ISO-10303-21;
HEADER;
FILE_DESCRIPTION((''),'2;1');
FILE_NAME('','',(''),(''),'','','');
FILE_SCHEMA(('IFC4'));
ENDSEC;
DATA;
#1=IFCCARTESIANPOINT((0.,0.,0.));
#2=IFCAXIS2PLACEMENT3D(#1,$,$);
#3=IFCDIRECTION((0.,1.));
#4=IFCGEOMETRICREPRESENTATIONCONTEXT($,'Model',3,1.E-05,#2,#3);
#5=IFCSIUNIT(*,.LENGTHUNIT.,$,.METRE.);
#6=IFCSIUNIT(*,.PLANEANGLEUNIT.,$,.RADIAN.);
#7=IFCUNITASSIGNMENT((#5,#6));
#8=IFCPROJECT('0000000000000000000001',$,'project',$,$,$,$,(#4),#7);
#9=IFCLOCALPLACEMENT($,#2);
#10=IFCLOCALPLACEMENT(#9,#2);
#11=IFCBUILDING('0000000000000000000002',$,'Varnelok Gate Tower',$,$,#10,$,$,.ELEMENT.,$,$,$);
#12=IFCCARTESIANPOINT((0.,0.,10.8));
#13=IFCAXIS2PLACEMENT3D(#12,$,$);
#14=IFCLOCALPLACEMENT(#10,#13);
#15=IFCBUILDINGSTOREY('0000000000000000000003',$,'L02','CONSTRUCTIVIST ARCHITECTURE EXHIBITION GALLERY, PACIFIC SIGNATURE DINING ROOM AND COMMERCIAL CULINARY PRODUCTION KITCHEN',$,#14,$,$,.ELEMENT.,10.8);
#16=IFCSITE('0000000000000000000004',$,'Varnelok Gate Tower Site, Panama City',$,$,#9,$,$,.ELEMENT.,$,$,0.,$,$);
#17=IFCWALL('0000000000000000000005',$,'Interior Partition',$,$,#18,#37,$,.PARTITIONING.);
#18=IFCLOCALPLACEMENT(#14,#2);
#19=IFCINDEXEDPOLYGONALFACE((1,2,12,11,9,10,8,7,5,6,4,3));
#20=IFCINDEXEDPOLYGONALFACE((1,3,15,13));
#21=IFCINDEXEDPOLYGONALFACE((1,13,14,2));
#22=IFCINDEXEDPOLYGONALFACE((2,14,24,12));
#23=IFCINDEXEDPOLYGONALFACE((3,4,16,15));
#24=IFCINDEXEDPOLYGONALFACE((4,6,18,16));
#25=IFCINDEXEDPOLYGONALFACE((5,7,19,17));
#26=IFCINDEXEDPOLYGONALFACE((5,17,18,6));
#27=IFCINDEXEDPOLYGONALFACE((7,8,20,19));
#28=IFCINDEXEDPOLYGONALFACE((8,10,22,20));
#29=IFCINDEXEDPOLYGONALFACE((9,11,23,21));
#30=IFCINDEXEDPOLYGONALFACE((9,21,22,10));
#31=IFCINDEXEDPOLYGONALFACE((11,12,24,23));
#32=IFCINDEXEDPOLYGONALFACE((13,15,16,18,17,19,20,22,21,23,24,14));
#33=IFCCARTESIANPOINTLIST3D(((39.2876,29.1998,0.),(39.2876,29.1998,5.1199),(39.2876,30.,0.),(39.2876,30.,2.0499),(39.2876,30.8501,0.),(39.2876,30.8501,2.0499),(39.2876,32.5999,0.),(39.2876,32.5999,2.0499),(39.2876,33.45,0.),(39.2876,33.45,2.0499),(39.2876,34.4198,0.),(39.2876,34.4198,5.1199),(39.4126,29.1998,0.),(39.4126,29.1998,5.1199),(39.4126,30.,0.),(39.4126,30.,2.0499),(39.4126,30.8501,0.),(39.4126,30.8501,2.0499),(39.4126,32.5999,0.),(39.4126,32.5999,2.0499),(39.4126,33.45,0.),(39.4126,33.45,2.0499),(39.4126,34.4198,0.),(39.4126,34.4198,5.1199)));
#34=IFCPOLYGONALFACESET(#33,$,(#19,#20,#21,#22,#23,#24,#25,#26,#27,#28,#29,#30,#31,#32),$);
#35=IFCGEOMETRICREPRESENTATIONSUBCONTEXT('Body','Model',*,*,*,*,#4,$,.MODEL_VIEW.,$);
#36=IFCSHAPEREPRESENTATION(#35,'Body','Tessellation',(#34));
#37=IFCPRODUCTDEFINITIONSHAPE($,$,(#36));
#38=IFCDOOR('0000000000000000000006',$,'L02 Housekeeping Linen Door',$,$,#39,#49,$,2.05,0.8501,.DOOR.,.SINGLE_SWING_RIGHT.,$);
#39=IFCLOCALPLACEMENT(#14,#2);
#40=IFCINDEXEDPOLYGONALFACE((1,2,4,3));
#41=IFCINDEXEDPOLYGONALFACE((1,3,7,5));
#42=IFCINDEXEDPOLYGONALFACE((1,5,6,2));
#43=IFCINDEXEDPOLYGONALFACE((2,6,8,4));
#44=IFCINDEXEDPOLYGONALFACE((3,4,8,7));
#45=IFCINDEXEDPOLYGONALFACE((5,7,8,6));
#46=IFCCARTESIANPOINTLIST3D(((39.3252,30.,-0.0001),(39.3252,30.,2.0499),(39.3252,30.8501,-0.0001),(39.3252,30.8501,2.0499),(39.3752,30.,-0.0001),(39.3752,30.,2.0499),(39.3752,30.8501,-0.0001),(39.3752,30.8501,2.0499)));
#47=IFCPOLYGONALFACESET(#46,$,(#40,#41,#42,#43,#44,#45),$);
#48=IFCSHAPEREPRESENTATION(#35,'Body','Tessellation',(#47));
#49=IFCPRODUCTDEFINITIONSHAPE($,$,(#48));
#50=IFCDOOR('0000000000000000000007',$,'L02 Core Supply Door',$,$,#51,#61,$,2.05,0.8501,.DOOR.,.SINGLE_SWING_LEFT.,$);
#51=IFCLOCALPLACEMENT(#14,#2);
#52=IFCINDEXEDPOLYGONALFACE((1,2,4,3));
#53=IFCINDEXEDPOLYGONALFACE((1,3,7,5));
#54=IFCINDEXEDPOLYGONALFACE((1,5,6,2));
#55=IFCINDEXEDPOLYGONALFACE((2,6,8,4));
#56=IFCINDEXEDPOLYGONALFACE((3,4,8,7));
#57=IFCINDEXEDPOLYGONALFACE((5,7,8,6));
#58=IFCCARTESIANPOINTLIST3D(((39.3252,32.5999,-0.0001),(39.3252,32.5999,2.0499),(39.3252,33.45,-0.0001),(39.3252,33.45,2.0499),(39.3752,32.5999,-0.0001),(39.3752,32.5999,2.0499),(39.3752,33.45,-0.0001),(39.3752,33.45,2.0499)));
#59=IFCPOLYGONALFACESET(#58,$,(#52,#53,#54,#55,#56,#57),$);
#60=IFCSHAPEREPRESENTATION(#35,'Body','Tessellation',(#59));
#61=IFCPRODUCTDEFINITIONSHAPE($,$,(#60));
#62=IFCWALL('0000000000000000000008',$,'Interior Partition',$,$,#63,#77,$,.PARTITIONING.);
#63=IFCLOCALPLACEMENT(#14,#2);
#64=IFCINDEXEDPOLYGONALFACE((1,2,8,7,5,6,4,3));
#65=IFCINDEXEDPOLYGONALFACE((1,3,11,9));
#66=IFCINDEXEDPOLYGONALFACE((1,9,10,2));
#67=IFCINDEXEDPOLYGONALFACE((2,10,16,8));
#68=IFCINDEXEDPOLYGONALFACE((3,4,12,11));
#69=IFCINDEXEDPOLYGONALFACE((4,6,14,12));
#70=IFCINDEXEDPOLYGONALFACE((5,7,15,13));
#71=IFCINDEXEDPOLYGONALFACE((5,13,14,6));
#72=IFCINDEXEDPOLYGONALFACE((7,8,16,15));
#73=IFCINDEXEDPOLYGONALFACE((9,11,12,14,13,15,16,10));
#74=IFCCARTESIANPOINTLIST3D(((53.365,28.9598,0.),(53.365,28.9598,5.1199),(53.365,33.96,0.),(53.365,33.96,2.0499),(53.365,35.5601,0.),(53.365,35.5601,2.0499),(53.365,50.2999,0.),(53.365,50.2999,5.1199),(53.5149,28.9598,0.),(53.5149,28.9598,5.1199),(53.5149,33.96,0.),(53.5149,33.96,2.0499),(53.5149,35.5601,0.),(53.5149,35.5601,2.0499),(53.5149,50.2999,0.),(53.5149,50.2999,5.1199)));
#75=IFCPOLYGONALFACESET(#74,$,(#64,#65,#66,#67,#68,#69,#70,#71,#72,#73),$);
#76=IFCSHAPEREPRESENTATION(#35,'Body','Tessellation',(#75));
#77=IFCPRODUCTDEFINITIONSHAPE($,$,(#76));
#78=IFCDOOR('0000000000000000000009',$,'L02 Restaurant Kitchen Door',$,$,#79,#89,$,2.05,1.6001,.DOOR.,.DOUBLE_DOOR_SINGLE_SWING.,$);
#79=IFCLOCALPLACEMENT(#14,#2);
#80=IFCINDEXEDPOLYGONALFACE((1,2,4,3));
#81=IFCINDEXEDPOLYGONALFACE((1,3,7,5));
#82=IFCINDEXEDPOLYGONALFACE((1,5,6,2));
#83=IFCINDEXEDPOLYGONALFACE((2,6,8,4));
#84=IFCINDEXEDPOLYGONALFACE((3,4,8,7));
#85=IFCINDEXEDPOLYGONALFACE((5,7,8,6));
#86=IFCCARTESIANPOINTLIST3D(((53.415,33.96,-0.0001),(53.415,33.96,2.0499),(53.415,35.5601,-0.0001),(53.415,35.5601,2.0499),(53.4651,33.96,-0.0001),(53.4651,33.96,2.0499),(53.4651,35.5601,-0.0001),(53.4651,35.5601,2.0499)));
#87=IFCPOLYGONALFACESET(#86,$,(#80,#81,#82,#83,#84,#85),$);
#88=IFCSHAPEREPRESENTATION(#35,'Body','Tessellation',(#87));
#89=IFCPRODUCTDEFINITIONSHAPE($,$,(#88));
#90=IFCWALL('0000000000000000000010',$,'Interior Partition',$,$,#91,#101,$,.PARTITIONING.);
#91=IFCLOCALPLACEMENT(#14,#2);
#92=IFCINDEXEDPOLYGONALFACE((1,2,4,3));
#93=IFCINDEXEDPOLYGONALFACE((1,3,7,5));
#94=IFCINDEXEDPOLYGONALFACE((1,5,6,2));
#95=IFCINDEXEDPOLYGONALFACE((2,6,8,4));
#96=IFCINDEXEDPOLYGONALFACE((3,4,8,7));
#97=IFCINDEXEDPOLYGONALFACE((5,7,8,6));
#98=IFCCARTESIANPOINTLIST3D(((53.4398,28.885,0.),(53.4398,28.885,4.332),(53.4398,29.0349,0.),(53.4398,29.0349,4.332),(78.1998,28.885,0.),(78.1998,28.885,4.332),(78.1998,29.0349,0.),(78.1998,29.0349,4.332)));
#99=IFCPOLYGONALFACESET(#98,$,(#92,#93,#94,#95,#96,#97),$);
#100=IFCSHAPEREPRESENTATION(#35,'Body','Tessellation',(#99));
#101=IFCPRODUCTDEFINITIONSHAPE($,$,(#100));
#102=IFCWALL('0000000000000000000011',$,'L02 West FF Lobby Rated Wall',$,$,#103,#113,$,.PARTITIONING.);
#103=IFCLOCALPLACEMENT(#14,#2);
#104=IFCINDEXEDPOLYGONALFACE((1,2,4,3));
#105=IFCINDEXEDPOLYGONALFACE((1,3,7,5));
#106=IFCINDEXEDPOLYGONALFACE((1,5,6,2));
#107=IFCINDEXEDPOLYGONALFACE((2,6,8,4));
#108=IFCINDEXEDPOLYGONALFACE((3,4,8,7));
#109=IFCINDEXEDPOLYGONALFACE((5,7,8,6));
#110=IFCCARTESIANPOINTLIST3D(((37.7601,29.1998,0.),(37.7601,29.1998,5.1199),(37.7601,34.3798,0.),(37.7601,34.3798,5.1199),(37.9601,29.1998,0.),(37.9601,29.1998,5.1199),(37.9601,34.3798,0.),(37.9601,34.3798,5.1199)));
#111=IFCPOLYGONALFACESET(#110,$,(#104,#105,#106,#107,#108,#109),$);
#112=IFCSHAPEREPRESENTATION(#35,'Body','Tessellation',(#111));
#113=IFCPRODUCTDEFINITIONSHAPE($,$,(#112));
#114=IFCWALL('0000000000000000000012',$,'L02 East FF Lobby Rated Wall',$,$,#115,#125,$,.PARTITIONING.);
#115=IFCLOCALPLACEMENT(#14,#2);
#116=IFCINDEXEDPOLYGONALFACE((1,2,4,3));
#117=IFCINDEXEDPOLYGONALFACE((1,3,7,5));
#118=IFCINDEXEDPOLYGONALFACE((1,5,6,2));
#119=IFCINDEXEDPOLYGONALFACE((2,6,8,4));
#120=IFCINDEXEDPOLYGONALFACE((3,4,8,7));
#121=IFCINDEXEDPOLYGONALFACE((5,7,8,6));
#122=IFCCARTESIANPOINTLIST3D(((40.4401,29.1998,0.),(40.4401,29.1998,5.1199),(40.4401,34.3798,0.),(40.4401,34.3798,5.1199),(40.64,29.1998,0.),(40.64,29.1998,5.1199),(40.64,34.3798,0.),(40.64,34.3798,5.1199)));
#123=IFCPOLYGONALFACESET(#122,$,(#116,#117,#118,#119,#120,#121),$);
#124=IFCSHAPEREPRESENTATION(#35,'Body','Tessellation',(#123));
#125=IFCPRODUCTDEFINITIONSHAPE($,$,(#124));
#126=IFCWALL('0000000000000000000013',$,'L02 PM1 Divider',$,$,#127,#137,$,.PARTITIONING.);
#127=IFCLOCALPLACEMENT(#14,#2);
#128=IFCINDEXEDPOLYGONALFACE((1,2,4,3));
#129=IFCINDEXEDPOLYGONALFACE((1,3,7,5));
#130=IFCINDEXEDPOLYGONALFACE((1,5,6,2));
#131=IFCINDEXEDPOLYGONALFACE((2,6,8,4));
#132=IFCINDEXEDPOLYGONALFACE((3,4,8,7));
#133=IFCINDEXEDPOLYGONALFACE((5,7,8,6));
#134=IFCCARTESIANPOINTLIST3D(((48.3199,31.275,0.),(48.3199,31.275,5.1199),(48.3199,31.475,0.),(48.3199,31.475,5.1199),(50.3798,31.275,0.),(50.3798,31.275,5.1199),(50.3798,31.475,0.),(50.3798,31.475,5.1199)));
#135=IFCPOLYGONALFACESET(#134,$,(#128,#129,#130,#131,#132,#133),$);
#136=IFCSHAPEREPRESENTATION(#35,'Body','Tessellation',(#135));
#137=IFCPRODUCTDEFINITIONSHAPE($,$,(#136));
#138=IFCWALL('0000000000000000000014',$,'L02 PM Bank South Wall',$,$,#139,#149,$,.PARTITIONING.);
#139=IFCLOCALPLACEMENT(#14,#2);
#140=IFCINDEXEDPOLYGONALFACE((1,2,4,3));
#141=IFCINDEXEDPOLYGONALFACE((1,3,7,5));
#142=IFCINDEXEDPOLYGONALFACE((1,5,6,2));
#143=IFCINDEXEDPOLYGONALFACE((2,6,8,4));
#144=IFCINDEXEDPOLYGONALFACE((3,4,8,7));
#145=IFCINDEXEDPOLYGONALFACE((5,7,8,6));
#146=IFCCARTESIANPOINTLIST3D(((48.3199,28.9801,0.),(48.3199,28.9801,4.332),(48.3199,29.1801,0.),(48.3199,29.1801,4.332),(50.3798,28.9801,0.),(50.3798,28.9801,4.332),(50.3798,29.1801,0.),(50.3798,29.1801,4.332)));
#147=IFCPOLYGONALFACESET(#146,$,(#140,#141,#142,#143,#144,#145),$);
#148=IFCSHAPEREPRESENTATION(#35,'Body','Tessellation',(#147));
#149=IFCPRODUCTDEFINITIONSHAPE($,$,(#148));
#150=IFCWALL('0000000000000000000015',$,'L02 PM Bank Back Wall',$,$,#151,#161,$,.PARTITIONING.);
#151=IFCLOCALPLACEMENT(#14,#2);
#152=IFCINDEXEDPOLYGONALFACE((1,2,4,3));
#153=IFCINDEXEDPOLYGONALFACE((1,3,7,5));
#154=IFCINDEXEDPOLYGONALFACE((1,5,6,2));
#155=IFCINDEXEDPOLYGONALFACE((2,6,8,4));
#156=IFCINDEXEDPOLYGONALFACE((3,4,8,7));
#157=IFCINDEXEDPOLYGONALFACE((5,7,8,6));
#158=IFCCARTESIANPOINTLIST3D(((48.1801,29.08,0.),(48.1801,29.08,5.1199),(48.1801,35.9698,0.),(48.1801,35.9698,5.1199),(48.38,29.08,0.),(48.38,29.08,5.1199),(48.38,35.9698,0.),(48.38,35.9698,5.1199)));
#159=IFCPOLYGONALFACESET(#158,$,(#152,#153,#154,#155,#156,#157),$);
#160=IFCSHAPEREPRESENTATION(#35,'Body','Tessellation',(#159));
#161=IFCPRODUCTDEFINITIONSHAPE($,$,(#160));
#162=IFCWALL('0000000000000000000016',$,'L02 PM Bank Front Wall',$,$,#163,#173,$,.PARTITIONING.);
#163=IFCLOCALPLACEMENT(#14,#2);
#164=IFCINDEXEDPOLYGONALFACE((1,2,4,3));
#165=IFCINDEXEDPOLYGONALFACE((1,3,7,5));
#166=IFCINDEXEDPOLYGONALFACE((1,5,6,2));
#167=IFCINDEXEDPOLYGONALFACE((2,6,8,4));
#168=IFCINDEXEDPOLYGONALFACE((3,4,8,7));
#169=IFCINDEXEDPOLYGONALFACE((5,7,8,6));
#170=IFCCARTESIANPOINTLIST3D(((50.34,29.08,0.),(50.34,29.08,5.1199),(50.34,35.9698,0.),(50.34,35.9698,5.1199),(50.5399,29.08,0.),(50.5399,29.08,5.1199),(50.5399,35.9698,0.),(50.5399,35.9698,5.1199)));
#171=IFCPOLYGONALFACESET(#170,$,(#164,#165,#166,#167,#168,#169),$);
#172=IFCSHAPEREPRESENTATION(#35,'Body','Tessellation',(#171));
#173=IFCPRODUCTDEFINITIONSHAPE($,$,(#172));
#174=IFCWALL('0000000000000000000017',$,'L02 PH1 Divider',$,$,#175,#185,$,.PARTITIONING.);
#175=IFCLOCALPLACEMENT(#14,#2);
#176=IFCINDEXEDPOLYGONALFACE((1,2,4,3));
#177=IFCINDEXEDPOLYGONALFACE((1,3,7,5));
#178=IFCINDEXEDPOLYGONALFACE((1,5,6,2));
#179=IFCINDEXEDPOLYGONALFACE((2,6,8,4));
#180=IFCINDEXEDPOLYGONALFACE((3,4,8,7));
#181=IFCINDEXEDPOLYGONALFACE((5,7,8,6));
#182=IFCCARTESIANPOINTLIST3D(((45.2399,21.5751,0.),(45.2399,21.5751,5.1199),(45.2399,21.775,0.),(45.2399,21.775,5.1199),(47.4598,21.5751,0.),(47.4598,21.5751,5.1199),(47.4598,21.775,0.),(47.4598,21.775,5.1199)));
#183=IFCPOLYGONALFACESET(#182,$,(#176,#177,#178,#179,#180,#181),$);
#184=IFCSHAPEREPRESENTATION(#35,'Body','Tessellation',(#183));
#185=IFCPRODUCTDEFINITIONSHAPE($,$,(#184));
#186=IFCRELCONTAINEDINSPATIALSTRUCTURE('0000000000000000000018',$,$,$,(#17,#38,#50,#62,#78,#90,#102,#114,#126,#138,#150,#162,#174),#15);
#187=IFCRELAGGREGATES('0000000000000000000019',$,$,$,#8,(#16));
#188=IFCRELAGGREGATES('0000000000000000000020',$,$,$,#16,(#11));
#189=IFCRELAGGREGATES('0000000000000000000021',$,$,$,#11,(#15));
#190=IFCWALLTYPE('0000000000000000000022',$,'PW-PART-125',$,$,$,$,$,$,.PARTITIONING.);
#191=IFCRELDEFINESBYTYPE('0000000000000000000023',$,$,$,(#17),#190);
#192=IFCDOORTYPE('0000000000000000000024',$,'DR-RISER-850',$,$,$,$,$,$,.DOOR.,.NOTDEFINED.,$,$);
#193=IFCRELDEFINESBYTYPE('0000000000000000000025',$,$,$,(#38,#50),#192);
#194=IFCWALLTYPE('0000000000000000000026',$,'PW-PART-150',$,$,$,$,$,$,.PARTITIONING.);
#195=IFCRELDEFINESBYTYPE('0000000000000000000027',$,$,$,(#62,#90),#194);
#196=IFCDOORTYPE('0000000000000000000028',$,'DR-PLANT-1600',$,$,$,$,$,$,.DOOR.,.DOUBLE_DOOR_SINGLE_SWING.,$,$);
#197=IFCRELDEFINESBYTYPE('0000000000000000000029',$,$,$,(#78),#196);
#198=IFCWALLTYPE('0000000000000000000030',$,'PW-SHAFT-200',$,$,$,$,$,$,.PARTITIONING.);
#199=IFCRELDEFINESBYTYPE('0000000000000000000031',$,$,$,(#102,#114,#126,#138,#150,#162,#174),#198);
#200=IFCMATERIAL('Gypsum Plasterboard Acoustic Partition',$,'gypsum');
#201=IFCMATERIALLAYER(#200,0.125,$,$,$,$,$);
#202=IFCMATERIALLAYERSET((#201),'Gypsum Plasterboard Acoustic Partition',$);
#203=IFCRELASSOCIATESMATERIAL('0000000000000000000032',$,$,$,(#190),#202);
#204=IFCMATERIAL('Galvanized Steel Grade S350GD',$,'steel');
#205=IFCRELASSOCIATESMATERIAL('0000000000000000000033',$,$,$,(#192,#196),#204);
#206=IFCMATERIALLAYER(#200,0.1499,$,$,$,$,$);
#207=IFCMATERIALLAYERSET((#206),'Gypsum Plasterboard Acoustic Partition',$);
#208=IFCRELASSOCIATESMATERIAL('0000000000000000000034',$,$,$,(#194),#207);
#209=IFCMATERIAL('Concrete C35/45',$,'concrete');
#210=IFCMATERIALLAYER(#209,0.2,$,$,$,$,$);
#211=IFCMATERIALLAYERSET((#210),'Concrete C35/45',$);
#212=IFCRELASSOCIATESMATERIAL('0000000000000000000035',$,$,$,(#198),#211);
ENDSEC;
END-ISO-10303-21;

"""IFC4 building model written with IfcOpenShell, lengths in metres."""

from ifc_helpers import new_model, si_unit, direction, frame, frame_2d, origin, place, context, subcontext, project, spatial, rectangle, extrude, material, layer, layer_set, type_object, element, fill, save


model = new_model("IFC4")

# Units and contexts
model_context = context("Model", 3, precision=1e-05, world=origin(), true_north=direction((0.0, 1.0)))
body_context = subcontext(model_context, "Body", "Model", "MODEL_VIEW")
ifc_project = project(units=[si_unit("LENGTHUNIT", "METRE"), si_unit("PLANEANGLEUNIT", "RADIAN")], contexts=[model_context])

# Site, building, storey
site_placement = place(None, origin())
site = spatial("IfcSite", under=ifc_project, at=site_placement, Name="Varnelok Gate Tower Site, Panama City", CompositionType="ELEMENT", RefElevation=0.0)
building_placement = place(site_placement, origin())
building = spatial("IfcBuilding", under=site, at=building_placement, Name="Varnelok Gate Tower", CompositionType="ELEMENT")
storey_placement = place(building_placement, frame((0.0, 0.0, 10.8)))
storey = spatial("IfcBuildingStorey", under=building, at=storey_placement, Name="L02", Description="CONSTRUCTIVIST ARCHITECTURE EXHIBITION GALLERY, PACIFIC SIGNATURE DINING ROOM AND COMMERCIAL CULINARY PRODUCTION KITCHEN", CompositionType="ELEMENT", Elevation=10.8)

# Wall, openings, doors
ifc_material_1 = material(Name="Gypsum Plasterboard Acoustic Partition", Category="gypsum")
ifc_layer_1 = layer(ifc_material_1, 0.125)
ifc_layer_set_1 = layer_set([ifc_layer_1], Name="Gypsum Plasterboard Acoustic Partition")
wall_type_1 = type_object("IfcWallType", Name="PW-PART-125", PredefinedType="PARTITIONING", material=ifc_layer_set_1)
wall_1_placement = place(storey_placement, frame((39.3501, 29.2, 0.0), z_axis=(0.0, 0.0, 1.0), x_axis=(0.0, 1.0, 0.0)))
wall_1 = element("IfcWall", 1, at=wall_1_placement, inside=storey, type_object=wall_type_1, Name="Interior Partition", PredefinedType="PARTITIONING", context=body_context, shape_type="SweptSolid", body=[
    extrude(rectangle(XDim=5.22, YDim=0.125, at=frame_2d((2.6099, 0.0))), origin(), (0.0, 0.0, 1.0), 5.1199),
])
opening_1_placement = place(wall_1_placement, frame((0.8, 0.0, 0.0)))
opening_1 = element("IfcOpeningElement", 2, at=opening_1_placement, cuts=wall_1, PredefinedType="OPENING", context=body_context, shape_type="SweptSolid", body=[
    extrude(rectangle(XDim=0.8501, YDim=2.05, at=frame_2d((0.425, 1.0249))), frame((0.0, 0.0725, 0.0), z_axis=(0.0, -1.0, 0.0), x_axis=(1.0, 0.0, 0.0)), (0.0, 0.0, 1.0), 0.145),
])
opening_2_placement = place(wall_1_placement, frame((3.3999, 0.0, 0.0)))
opening_2 = element("IfcOpeningElement", 3, at=opening_2_placement, cuts=wall_1, PredefinedType="OPENING", context=body_context, shape_type="SweptSolid", body=[
    extrude(rectangle(XDim=0.8501, YDim=2.05, at=frame_2d((0.425, 1.0249))), frame((0.0, 0.0725, 0.0), z_axis=(0.0, -1.0, 0.0), x_axis=(1.0, 0.0, 0.0)), (0.0, 0.0, 1.0), 0.145),
])
ifc_material_2 = material(Name="Galvanized Steel Grade S350GD", Category="steel")
door_type_1 = type_object("IfcDoorType", Name="DR-RISER-850", OperationType="NOTDEFINED", PredefinedType="DOOR", material=ifc_material_2)
door_1_placement = place(opening_1_placement, origin())
door_1 = element("IfcDoor", 4, at=door_1_placement, inside=storey, type_object=door_type_1, Name="L02 Housekeeping Linen Door", OperationType="SINGLE_SWING_RIGHT", OverallHeight=2.05, OverallWidth=0.8501, PredefinedType="DOOR", context=body_context, shape_type="SweptSolid", body=[
    extrude(rectangle(XDim=0.8501, YDim=2.05, at=frame_2d((0.425, 1.0249))), frame((0.0, 0.0249, 0.0), z_axis=(0.0, -1.0, 0.0), x_axis=(1.0, 0.0, 0.0)), (0.0, 0.0, 1.0), 0.05),
])
fill(opening_1, door_1)
door_2_placement = place(opening_2_placement, origin())
door_2 = element("IfcDoor", 5, at=door_2_placement, inside=storey, type_object=door_type_1, Name="L02 Core Supply Door", OperationType="SINGLE_SWING_LEFT", OverallHeight=2.05, OverallWidth=0.8501, PredefinedType="DOOR", context=body_context, shape_type="SweptSolid", body=[
    extrude(rectangle(XDim=0.8501, YDim=2.05, at=frame_2d((0.425, 1.0249))), frame((0.0, 0.0249, 0.0), z_axis=(0.0, -1.0, 0.0), x_axis=(1.0, 0.0, 0.0)), (0.0, 0.0, 1.0), 0.05),
])
fill(opening_2, door_2)

# Wall, opening, door
ifc_layer_2 = layer(ifc_material_1, 0.1499)
ifc_layer_set_2 = layer_set([ifc_layer_2], Name="Gypsum Plasterboard Acoustic Partition")
wall_type_2 = type_object("IfcWallType", Name="PW-PART-150", PredefinedType="PARTITIONING", material=ifc_layer_set_2)
wall_2_placement = place(storey_placement, frame((53.4399, 28.96, 0.0), z_axis=(0.0, 0.0, 1.0), x_axis=(0.0, 1.0, 0.0)))
wall_2 = element("IfcWall", 6, at=wall_2_placement, inside=storey, type_object=wall_type_2, Name="Interior Partition", PredefinedType="PARTITIONING", context=body_context, shape_type="SweptSolid", body=[
    extrude(rectangle(XDim=21.3401, YDim=0.1499, at=frame_2d((10.6699, 0.0))), origin(), (0.0, 0.0, 1.0), 5.1199),
])
opening_3_placement = place(wall_2_placement, frame((5.0, 0.0, 0.0)))
opening_3 = element("IfcOpeningElement", 7, at=opening_3_placement, cuts=wall_2, PredefinedType="OPENING", context=body_context, shape_type="SweptSolid", body=[
    extrude(rectangle(XDim=1.6001, YDim=2.05, at=frame_2d((0.8, 1.0249))), frame((0.0, 0.085, 0.0), z_axis=(0.0, -1.0, 0.0), x_axis=(1.0, 0.0, 0.0)), (0.0, 0.0, 1.0), 0.1699),
])
door_type_2 = type_object("IfcDoorType", Name="DR-PLANT-1600", OperationType="DOUBLE_DOOR_SINGLE_SWING", PredefinedType="DOOR", material=ifc_material_2)
door_3_placement = place(opening_3_placement, origin())
door_3 = element("IfcDoor", 8, at=door_3_placement, inside=storey, type_object=door_type_2, Name="L02 Restaurant Kitchen Door", OperationType="DOUBLE_DOOR_SINGLE_SWING", OverallHeight=2.05, OverallWidth=1.6001, PredefinedType="DOOR", context=body_context, shape_type="SweptSolid", body=[
    extrude(rectangle(XDim=1.6001, YDim=2.05, at=frame_2d((0.8, 1.0249))), frame((0.0, 0.0249, 0.0), z_axis=(0.0, -1.0, 0.0), x_axis=(1.0, 0.0, 0.0)), (0.0, 0.0, 1.0), 0.05),
])
fill(opening_3, door_3)

# Walls
wall_3_placement = place(storey_placement, frame((53.4399, 28.96, 0.0), z_axis=(0.0, 0.0, 1.0), x_axis=(1.0, 0.0, 0.0)))
element("IfcWall", 9, at=wall_3_placement, inside=storey, type_object=wall_type_2, Name="Interior Partition", PredefinedType="PARTITIONING", context=body_context, shape_type="SweptSolid", body=[
    extrude(rectangle(XDim=24.76, YDim=0.1499, at=frame_2d((12.3799, 0.0))), origin(), (0.0, 0.0, 1.0), 4.332),
])
ifc_material_3 = material(Name="Concrete C35/45", Category="concrete")
ifc_layer_3 = layer(ifc_material_3, 0.2)
ifc_layer_set_3 = layer_set([ifc_layer_3], Name="Concrete C35/45")
wall_type_3 = type_object("IfcWallType", Name="PW-SHAFT-200", PredefinedType="PARTITIONING", material=ifc_layer_set_3)
for number, where, z_axis, x_axis, name in (
    (10, (37.8601, 29.2, 0.0), (0.0, 0.0, 1.0), (0.0, 1.0, 0.0), "L02 West FF Lobby Rated Wall"),
    (11, (40.54, 29.2, 0.0), (0.0, 0.0, 1.0), (0.0, 1.0, 0.0), "L02 East FF Lobby Rated Wall"),
):
    element("IfcWall", number, at=place(storey_placement, frame(where, z_axis=z_axis, x_axis=x_axis)), inside=storey, type_object=wall_type_3, Name=name, PredefinedType="PARTITIONING", context=body_context, shape_type="SweptSolid", body=[
        extrude(rectangle(XDim=5.1799, YDim=0.2, at=frame_2d((2.5898, 0.0))), origin(), (0.0, 0.0, 1.0), 5.1199),
    ])
wall_4_placement = place(storey_placement, frame((48.3201, 31.375, 0.0), z_axis=(0.0, 0.0, 1.0), x_axis=(1.0, 0.0, 0.0)))
element("IfcWall", 12, at=wall_4_placement, inside=storey, type_object=wall_type_3, Name="L02 PM1 Divider", PredefinedType="PARTITIONING", context=body_context, shape_type="SweptSolid", body=[
    extrude(rectangle(XDim=2.0598, YDim=0.2, at=frame_2d((1.0298, 0.0))), origin(), (0.0, 0.0, 1.0), 5.1199),
])
wall_5_placement = place(storey_placement, frame((48.3201, 29.0801, 0.0), z_axis=(0.0, 0.0, 1.0), x_axis=(1.0, 0.0, 0.0)))
element("IfcWall", 13, at=wall_5_placement, inside=storey, type_object=wall_type_3, Name="L02 PM Bank South Wall", PredefinedType="PARTITIONING", context=body_context, shape_type="SweptSolid", body=[
    extrude(rectangle(XDim=2.0598, YDim=0.2, at=frame_2d((1.0298, 0.0))), origin(), (0.0, 0.0, 1.0), 4.332),
])
for number, where, z_axis, x_axis, name in (
    (14, (48.28, 29.0801, 0.0), (0.0, 0.0, 1.0), (0.0, 1.0, 0.0), "L02 PM Bank Back Wall"),
    (15, (50.4399, 29.0801, 0.0), (0.0, 0.0, 1.0), (0.0, 1.0, 0.0), "L02 PM Bank Front Wall"),
):
    element("IfcWall", number, at=place(storey_placement, frame(where, z_axis=z_axis, x_axis=x_axis)), inside=storey, type_object=wall_type_3, Name=name, PredefinedType="PARTITIONING", context=body_context, shape_type="SweptSolid", body=[
        extrude(rectangle(XDim=6.8899, YDim=0.2, at=frame_2d((3.4448, 0.0))), origin(), (0.0, 0.0, 1.0), 5.1199),
    ])
for number, where, z_axis, x_axis, name in (
    (16, (45.24, 21.675, 0.0), (0.0, 0.0, 1.0), (1.0, 0.0, 0.0), "L02 PH1 Divider"),
):
    element("IfcWall", number, at=place(storey_placement, frame(where, z_axis=z_axis, x_axis=x_axis)), inside=storey, type_object=wall_type_3, Name=name, PredefinedType="PARTITIONING", context=body_context, shape_type="SweptSolid", body=[
        extrude(rectangle(XDim=2.22, YDim=0.2, at=frame_2d((1.1099, 0.0))), origin(), (0.0, 0.0, 1.0), 5.1199),
    ])

save(model, "model.ifc")
